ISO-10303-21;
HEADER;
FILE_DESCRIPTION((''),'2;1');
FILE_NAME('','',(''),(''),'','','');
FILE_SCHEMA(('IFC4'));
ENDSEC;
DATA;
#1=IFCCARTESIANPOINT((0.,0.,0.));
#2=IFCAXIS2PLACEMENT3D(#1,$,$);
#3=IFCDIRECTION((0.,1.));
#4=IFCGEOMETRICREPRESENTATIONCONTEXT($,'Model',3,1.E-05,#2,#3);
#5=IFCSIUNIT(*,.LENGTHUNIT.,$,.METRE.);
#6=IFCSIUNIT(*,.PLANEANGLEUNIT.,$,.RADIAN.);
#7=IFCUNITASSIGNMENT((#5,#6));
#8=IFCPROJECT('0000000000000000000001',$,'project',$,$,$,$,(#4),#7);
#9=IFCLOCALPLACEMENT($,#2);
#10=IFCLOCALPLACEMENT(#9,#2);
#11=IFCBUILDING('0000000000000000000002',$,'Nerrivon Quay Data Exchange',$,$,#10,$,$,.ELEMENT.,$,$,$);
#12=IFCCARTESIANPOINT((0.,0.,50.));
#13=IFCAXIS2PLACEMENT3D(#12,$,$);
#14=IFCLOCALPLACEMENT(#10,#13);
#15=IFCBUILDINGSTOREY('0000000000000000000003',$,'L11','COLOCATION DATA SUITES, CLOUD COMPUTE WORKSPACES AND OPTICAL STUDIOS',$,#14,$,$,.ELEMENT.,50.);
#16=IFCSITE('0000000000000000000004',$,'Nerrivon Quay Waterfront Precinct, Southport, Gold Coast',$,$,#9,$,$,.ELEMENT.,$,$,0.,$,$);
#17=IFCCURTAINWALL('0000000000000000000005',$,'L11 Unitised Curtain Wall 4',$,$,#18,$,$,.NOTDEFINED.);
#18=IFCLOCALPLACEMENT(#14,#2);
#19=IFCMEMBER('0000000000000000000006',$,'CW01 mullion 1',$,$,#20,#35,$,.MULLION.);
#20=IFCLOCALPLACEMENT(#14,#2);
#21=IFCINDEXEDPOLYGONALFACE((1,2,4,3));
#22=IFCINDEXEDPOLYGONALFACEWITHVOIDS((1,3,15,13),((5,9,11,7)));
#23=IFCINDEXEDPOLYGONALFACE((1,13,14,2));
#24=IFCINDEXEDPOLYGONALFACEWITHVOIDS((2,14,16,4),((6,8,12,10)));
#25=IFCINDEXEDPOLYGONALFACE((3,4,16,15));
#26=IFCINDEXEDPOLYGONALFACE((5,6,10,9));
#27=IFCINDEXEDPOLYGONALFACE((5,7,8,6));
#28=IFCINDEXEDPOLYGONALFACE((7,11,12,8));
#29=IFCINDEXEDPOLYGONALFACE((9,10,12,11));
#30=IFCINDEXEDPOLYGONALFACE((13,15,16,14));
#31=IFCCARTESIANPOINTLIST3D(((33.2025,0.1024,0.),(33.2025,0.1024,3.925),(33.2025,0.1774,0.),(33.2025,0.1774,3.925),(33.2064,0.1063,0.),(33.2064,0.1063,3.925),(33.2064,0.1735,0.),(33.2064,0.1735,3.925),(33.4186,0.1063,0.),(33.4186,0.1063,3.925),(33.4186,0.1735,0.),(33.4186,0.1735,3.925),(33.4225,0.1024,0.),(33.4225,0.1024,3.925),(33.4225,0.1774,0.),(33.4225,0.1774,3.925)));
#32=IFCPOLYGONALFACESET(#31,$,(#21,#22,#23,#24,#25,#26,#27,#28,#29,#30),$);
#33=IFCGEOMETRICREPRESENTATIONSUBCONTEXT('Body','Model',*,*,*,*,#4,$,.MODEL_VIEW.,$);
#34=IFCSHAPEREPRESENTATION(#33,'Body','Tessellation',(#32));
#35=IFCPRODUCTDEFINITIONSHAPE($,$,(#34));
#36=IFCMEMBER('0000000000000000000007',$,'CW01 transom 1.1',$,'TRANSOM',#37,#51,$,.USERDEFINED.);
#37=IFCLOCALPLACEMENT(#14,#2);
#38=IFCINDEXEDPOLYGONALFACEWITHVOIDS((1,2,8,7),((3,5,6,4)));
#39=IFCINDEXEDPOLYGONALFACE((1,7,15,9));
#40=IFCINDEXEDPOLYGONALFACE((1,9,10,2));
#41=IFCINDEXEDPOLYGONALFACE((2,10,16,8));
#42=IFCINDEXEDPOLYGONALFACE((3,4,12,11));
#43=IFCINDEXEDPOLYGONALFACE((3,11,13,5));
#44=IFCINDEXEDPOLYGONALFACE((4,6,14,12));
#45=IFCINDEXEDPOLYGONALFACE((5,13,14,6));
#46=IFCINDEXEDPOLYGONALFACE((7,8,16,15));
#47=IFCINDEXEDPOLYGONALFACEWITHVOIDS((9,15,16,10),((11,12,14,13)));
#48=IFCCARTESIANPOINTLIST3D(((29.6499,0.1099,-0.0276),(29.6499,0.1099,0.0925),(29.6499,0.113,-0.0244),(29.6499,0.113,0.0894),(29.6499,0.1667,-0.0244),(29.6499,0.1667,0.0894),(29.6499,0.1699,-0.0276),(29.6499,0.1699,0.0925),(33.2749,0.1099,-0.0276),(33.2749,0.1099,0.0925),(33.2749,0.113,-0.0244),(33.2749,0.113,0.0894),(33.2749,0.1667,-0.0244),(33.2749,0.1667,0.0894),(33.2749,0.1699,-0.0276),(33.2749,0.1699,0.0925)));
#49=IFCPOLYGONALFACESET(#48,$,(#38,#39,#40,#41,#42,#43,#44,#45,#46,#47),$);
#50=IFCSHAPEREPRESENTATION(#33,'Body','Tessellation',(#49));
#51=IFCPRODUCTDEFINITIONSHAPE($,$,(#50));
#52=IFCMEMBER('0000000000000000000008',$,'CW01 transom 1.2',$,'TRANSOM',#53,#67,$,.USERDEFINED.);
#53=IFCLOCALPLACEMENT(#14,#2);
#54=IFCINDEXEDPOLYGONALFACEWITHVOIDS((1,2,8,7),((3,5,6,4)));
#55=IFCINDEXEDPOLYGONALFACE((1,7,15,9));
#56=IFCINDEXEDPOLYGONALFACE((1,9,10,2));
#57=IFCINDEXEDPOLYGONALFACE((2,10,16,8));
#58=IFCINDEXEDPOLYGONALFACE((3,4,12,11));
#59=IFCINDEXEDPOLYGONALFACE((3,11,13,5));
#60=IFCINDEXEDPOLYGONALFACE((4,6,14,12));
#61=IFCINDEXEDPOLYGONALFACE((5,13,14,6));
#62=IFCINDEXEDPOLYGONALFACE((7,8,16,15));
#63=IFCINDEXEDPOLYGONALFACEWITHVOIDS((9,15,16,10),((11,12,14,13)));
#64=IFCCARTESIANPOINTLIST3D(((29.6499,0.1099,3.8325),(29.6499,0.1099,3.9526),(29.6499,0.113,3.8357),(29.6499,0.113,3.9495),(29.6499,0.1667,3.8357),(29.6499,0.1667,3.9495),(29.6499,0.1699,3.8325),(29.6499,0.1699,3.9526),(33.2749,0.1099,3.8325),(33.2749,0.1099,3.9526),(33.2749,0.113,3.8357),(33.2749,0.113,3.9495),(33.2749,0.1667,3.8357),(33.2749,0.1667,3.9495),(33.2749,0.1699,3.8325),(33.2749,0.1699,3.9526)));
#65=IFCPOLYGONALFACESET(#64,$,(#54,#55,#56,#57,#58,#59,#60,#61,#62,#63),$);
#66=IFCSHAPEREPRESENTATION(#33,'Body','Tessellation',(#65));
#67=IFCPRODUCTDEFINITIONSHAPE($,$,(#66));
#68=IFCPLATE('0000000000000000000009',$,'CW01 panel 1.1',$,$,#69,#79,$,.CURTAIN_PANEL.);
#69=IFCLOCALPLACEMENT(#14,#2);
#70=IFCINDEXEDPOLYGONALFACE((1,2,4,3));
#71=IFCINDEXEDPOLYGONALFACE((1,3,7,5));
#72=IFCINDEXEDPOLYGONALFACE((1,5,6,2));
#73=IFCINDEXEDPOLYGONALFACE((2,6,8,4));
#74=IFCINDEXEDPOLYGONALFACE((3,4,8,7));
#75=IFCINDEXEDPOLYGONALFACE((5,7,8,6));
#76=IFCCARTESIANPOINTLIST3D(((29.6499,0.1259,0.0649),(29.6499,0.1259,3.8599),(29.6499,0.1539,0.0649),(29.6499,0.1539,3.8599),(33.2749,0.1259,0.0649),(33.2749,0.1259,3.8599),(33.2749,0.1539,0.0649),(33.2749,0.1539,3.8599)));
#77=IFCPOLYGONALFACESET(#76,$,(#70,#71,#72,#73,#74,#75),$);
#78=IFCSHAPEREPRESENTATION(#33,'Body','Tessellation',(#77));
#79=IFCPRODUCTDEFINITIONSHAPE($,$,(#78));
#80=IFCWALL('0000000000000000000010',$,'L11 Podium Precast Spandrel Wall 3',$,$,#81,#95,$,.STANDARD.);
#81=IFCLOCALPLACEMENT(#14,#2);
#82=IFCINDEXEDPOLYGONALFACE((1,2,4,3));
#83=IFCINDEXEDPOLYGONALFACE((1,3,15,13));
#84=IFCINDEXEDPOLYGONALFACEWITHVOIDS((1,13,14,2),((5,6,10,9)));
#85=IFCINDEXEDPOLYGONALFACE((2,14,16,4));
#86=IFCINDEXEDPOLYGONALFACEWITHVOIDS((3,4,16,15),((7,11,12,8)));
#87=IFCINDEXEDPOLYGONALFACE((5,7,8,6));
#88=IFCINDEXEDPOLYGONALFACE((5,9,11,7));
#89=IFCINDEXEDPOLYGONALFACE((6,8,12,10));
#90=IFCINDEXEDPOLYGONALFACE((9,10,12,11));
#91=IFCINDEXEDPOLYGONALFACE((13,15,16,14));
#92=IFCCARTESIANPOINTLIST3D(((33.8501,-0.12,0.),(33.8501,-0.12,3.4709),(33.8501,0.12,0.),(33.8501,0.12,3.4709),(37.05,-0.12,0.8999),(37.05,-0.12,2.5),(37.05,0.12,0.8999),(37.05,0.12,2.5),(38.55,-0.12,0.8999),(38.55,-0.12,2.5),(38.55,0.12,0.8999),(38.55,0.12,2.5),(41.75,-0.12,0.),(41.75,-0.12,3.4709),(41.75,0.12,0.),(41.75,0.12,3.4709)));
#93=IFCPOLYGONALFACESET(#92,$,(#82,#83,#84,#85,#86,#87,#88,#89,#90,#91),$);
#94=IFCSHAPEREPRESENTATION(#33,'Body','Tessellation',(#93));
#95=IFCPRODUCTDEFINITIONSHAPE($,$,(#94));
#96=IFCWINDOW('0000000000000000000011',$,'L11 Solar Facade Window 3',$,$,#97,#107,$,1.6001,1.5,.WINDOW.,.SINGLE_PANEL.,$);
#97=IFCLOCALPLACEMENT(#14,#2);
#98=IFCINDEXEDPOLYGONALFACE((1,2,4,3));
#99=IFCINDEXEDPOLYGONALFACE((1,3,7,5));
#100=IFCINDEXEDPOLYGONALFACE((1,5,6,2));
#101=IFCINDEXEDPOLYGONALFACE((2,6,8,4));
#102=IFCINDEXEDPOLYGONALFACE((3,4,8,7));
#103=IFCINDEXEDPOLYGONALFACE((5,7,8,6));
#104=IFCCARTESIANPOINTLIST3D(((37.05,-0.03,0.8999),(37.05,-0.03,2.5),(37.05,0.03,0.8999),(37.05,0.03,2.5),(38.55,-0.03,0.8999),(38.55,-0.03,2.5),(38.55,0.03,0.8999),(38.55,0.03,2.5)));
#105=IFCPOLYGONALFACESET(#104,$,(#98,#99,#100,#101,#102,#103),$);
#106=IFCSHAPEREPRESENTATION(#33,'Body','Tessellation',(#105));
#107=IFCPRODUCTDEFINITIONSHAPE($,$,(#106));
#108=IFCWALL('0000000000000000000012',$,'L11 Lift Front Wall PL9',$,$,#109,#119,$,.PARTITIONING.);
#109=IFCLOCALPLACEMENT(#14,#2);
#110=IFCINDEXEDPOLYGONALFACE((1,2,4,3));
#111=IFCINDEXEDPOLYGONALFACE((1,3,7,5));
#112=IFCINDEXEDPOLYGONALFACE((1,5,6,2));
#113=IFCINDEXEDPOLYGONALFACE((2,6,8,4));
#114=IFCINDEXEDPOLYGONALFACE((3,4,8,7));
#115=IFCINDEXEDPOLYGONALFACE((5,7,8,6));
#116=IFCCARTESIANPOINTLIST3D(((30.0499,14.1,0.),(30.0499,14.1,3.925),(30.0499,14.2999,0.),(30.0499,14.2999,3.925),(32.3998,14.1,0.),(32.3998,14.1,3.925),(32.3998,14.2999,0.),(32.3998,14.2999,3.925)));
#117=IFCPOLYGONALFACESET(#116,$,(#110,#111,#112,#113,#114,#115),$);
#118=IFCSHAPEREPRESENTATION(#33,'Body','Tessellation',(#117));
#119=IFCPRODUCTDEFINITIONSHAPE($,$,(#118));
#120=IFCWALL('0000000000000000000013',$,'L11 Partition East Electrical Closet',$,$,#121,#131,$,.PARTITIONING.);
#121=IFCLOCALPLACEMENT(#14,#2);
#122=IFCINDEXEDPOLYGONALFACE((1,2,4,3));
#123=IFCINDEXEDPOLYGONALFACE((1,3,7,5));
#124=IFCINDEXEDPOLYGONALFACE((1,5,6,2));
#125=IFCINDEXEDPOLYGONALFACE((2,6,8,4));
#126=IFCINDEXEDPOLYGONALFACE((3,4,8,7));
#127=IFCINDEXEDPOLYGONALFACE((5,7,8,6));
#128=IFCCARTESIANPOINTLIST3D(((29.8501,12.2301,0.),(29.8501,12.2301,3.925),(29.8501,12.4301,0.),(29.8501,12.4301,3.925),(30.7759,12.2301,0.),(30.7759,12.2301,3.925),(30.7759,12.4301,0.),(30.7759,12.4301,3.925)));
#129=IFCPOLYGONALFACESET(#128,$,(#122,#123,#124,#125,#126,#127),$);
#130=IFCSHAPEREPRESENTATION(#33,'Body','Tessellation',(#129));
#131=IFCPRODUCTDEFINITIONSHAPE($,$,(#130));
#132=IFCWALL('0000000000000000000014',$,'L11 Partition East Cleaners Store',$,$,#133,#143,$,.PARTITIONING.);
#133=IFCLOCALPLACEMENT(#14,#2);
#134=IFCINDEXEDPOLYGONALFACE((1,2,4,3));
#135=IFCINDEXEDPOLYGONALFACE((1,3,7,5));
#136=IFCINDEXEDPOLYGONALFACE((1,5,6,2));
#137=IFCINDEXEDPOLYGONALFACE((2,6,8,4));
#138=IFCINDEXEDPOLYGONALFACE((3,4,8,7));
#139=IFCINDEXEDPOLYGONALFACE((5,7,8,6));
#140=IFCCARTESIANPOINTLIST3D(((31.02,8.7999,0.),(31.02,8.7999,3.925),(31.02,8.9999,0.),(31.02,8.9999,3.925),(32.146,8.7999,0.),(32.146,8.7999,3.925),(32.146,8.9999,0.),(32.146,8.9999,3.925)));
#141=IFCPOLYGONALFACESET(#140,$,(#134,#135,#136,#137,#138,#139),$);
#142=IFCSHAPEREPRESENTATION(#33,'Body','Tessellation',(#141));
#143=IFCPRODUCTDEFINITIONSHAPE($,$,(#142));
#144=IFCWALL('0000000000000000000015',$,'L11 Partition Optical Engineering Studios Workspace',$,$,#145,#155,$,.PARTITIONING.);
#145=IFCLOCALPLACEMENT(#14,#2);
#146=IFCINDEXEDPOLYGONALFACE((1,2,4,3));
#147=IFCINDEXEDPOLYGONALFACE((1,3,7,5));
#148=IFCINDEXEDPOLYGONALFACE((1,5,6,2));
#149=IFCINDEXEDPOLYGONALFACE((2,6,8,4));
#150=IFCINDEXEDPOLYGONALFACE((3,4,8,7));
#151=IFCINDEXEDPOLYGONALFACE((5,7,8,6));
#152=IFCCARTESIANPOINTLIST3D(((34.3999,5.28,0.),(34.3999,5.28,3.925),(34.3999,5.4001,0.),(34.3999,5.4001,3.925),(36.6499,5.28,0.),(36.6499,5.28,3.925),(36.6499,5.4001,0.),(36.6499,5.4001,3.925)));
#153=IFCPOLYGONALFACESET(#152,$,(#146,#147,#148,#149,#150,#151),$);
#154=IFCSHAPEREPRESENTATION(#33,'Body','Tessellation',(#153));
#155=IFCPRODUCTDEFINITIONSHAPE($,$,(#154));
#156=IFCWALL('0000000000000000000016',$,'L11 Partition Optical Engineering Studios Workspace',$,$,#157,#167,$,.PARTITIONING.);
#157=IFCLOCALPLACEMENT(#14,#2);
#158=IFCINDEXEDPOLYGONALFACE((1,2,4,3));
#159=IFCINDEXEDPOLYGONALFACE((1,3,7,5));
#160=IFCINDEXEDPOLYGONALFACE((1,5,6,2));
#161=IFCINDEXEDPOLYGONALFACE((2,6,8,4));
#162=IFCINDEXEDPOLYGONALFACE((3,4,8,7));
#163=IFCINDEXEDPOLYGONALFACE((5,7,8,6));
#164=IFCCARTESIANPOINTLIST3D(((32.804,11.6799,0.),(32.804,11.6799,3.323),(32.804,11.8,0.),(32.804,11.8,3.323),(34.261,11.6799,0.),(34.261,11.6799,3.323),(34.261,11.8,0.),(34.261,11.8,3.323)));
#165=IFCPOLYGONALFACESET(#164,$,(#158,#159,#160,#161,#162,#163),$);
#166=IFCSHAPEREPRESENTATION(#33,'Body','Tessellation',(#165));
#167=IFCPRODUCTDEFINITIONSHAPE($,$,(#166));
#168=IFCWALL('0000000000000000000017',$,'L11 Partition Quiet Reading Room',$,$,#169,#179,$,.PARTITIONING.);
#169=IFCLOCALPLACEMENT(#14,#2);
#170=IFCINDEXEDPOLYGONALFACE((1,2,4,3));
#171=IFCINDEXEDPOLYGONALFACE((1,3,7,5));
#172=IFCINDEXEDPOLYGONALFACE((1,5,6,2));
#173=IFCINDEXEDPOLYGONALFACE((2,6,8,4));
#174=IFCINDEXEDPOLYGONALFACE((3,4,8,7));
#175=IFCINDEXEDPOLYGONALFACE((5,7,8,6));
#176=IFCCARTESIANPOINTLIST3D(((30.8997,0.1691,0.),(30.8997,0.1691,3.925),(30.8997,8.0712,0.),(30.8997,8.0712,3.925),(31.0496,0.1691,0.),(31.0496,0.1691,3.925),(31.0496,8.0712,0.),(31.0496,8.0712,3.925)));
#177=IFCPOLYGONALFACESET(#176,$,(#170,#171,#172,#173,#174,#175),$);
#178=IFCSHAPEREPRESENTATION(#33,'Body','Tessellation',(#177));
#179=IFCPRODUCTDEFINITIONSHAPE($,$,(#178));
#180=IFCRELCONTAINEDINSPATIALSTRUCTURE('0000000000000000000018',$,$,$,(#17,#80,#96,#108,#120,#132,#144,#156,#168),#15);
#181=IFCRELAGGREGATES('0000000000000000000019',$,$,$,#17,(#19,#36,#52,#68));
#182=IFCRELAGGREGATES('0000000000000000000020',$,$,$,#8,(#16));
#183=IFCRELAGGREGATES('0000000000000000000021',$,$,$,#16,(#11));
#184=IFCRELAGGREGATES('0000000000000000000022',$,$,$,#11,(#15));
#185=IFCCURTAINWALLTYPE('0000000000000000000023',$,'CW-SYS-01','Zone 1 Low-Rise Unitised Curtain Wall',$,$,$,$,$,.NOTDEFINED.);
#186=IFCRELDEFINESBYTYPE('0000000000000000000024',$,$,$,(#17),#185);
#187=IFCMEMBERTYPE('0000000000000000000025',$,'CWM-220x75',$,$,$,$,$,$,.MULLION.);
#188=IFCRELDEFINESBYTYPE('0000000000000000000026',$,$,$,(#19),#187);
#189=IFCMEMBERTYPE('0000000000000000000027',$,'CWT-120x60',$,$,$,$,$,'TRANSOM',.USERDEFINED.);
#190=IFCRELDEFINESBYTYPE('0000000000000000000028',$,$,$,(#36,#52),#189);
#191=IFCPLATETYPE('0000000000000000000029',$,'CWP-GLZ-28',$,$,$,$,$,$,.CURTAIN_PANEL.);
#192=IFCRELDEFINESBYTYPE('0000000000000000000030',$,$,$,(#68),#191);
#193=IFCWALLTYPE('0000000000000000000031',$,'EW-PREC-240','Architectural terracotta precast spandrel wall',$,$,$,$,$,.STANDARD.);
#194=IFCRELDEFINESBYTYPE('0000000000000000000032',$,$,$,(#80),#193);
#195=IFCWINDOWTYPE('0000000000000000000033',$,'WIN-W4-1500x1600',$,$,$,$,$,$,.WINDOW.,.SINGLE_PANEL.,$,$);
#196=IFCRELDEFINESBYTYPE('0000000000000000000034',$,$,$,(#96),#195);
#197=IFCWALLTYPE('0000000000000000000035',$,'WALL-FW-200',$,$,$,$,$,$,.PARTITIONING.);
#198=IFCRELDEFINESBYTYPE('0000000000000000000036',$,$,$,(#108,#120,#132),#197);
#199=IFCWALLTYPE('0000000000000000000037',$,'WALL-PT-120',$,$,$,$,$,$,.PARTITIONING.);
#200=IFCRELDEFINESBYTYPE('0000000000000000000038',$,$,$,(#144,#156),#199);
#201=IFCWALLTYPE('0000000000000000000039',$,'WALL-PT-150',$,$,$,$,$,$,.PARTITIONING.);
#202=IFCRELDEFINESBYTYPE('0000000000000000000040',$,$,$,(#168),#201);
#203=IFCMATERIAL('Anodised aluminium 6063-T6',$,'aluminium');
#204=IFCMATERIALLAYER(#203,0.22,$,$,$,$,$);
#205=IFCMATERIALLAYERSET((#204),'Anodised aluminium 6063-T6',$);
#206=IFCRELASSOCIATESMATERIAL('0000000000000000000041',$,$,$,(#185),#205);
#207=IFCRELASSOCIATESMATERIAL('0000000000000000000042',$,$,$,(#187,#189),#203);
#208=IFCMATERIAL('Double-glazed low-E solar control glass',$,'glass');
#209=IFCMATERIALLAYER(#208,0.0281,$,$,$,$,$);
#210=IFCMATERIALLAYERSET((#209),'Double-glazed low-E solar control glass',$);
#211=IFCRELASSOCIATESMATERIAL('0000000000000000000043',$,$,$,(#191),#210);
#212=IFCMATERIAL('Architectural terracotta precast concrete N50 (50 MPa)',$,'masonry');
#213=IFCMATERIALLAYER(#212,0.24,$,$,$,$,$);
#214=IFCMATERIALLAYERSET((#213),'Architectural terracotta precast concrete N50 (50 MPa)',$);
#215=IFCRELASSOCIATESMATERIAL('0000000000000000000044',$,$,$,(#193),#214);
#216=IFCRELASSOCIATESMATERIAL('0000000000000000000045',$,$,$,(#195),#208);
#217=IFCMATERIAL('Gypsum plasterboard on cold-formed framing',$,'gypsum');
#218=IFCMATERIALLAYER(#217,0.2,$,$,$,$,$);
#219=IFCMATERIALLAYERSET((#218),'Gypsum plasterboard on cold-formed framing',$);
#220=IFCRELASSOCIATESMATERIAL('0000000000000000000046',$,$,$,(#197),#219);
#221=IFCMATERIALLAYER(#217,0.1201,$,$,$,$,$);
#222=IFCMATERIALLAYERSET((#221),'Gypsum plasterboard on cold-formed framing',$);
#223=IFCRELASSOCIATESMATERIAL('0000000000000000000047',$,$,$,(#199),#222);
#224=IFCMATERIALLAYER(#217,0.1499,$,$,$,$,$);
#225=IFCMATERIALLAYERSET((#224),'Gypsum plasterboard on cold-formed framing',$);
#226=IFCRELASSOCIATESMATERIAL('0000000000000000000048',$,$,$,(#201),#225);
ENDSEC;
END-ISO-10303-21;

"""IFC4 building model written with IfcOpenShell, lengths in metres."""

from ifc_helpers import new_model, si_unit, direction, frame, frame_2d, origin, origin_2d, place, context, subcontext, project, spatial, rectangle, hollow_rectangle, extrude, material, layer, layer_set, material_profile, profile_set, type_object, element, fill, aggregate, save


model = new_model("IFC4")

# Units and contexts
model_context = context("Model", 3, precision=1e-05, world=origin(), true_north=direction((0.0, 1.0)))
body_context = subcontext(model_context, "Body", "Model", "MODEL_VIEW")
ifc_project = project(units=[si_unit("LENGTHUNIT", "METRE"), si_unit("PLANEANGLEUNIT", "RADIAN")], contexts=[model_context])

# Site, building, storey
site_placement = place(None, origin())
site = spatial("IfcSite", under=ifc_project, at=site_placement, Name="Nerrivon Quay Waterfront Precinct, Southport, Gold Coast", CompositionType="ELEMENT", RefElevation=0.0)
building_placement = place(site_placement, origin())
building = spatial("IfcBuilding", under=site, at=building_placement, Name="Nerrivon Quay Data Exchange", CompositionType="ELEMENT")
storey_placement = place(building_placement, frame((0.0, 0.0, 50.0)))
storey = spatial("IfcBuildingStorey", under=building, at=storey_placement, Name="L11", Description="COLOCATION DATA SUITES, CLOUD COMPUTE WORKSPACES AND OPTICAL STUDIOS", CompositionType="ELEMENT", Elevation=50.0)

# Curtain wall, members, plate
ifc_material_1 = material(Name="Anodised aluminium 6063-T6", Category="aluminium")
ifc_layer_1 = layer(ifc_material_1, 0.22)
ifc_layer_set_1 = layer_set([ifc_layer_1], Name="Anodised aluminium 6063-T6")
curtain_wall_type = type_object("IfcCurtainWallType", Name="CW-SYS-01", Description="Zone 1 Low-Rise Unitised Curtain Wall", PredefinedType="NOTDEFINED", material=ifc_layer_set_1)
curtain_wall_placement = place(storey_placement, origin())
curtain_wall = element("IfcCurtainWall", 1, at=curtain_wall_placement, inside=storey, type_object=curtain_wall_type, Name="L11 Unitised Curtain Wall 4", PredefinedType="NOTDEFINED")
ifc_material_profile_1 = material_profile(ifc_material_1, hollow_rectangle(XDim=0.075, YDim=0.22, WallThickness=0.0039, at=origin_2d()), Name="ALU-MULL-220x75")
ifc_profile_set_1 = profile_set([ifc_material_profile_1], Name="Anodised aluminium 6063-T6")
member_type_1 = type_object("IfcMemberType", Name="CWM-220x75", PredefinedType="MULLION", material=ifc_profile_set_1)
member_1_placement = place(storey_placement, frame((33.3125, 0.1399, 0.0), z_axis=(0.0, 0.0, 1.0), x_axis=(0.0, -1.0, 0.0)))
member_1 = element("IfcMember", 2, at=member_1_placement, type_object=member_type_1, Name="CW01 mullion 1", PredefinedType="MULLION", context=body_context, shape_type="SweptSolid", body=[
    extrude(hollow_rectangle(XDim=0.075, YDim=0.22, WallThickness=0.0039, at=origin_2d()), origin(), (0.0, 0.0, 1.0), 3.925),
])
ifc_material_profile_2 = material_profile(ifc_material_1, hollow_rectangle(XDim=0.0601, YDim=0.1201, WallThickness=0.0032, at=origin_2d()), Name="ALU-TRAN-120x60")
ifc_profile_set_2 = profile_set([ifc_material_profile_2], Name="Anodised aluminium 6063-T6")
member_type_2 = type_object("IfcMemberType", Name="CWT-120x60", ElementType="TRANSOM", PredefinedType="USERDEFINED", material=ifc_profile_set_2)
member_2_placement = place(storey_placement, frame((33.2749, 0.1399, 0.0325), z_axis=(-1.0, 0.0, 0.0), x_axis=(0.0, -1.0, 0.0)))
member_2 = element("IfcMember", 3, at=member_2_placement, type_object=member_type_2, Name="CW01 transom 1.1", ObjectType="TRANSOM", PredefinedType="USERDEFINED", context=body_context, shape_type="SweptSolid", body=[
    extrude(hollow_rectangle(XDim=0.0601, YDim=0.1201, WallThickness=0.0032, at=origin_2d()), origin(), (0.0, 0.0, 1.0), 3.625),
])
member_3_placement = place(storey_placement, frame((33.2749, 0.1399, 3.8926), z_axis=(-1.0, 0.0, 0.0), x_axis=(0.0, -1.0, 0.0)))
member_3 = element("IfcMember", 4, at=member_3_placement, type_object=member_type_2, Name="CW01 transom 1.2", ObjectType="TRANSOM", PredefinedType="USERDEFINED", context=body_context, shape_type="SweptSolid", body=[
    extrude(hollow_rectangle(XDim=0.0601, YDim=0.1201, WallThickness=0.0032, at=origin_2d()), origin(), (0.0, 0.0, 1.0), 3.625),
])
ifc_material_2 = material(Name="Double-glazed low-E solar control glass", Category="glass")
ifc_layer_2 = layer(ifc_material_2, 0.0281)
ifc_layer_set_2 = layer_set([ifc_layer_2], Name="Double-glazed low-E solar control glass")
plate_type = type_object("IfcPlateType", Name="CWP-GLZ-28", PredefinedType="CURTAIN_PANEL", material=ifc_layer_set_2)
plate_placement = place(storey_placement, frame((31.4624, 0.1399, 0.0649), z_axis=(0.0, 0.0, 1.0), x_axis=(-1.0, 0.0, 0.0)))
plate = element("IfcPlate", 5, at=plate_placement, type_object=plate_type, Name="CW01 panel 1.1", PredefinedType="CURTAIN_PANEL", context=body_context, shape_type="SweptSolid", body=[
    extrude(rectangle(XDim=3.625, YDim=0.0281, at=origin_2d()), origin(), (0.0, 0.0, 1.0), 3.7949),
])
aggregate(curtain_wall, [member_1, member_2, member_3, plate])

# Wall, opening, window
ifc_material_3 = material(Name="Architectural terracotta precast concrete N50 (50 MPa)", Category="masonry")
ifc_layer_3 = layer(ifc_material_3, 0.24)
ifc_layer_set_3 = layer_set([ifc_layer_3], Name="Architectural terracotta precast concrete N50 (50 MPa)")
wall_type_1 = type_object("IfcWallType", Name="EW-PREC-240", Description="Architectural terracotta precast spandrel wall", PredefinedType="STANDARD", material=ifc_layer_set_3)
wall_1_placement = place(storey_placement, frame((41.75, 0.0, 0.0), z_axis=(0.0, 0.0, 1.0), x_axis=(-1.0, 0.0, 0.0)))
wall_1 = element("IfcWall", 6, at=wall_1_placement, inside=storey, type_object=wall_type_1, Name="L11 Podium Precast Spandrel Wall 3", PredefinedType="STANDARD", context=body_context, shape_type="SweptSolid", body=[
    extrude(rectangle(XDim=7.8999, YDim=0.24, at=frame_2d((3.95, 0.0))), origin(), (0.0, 0.0, 1.0), 3.4709),
])
opening_1_placement = place(wall_1_placement, frame((3.2, 0.0, 0.8999)))
opening_1 = element("IfcOpeningElement", 7, at=opening_1_placement, cuts=wall_1, PredefinedType="OPENING", context=body_context, shape_type="SweptSolid", body=[
    extrude(rectangle(XDim=1.5, YDim=1.6001, at=frame_2d((0.75, 0.8))), frame((0.0, 0.1299, 0.0), z_axis=(0.0, -1.0, 0.0), x_axis=(1.0, 0.0, 0.0)), (0.0, 0.0, 1.0), 0.26),
])
window_type = type_object("IfcWindowType", Name="WIN-W4-1500x1600", PartitioningType="SINGLE_PANEL", PredefinedType="WINDOW", material=ifc_material_2)
window_placement = place(opening_1_placement, origin())
window = element("IfcWindow", 8, at=window_placement, inside=storey, type_object=window_type, Name="L11 Solar Facade Window 3", OverallHeight=1.6001, OverallWidth=1.5, PartitioningType="SINGLE_PANEL", PredefinedType="WINDOW", context=body_context, shape_type="SweptSolid", body=[
    extrude(rectangle(XDim=1.5, YDim=1.6001, at=frame_2d((0.75, 0.8))), frame((0.0, 0.03, 0.0), z_axis=(0.0, -1.0, 0.0), x_axis=(1.0, 0.0, 0.0)), (0.0, 0.0, 1.0), 0.0601),
])
fill(opening_1, window)

# Wall
ifc_material_4 = material(Name="Gypsum plasterboard on cold-formed framing", Category="gypsum")
ifc_layer_4 = layer(ifc_material_4, 0.2)
ifc_layer_set_4 = layer_set([ifc_layer_4], Name="Gypsum plasterboard on cold-formed framing")
wall_type_2 = type_object("IfcWallType", Name="WALL-FW-200", PredefinedType="PARTITIONING", material=ifc_layer_set_4)
wall_2_placement = place(storey_placement, frame((30.05, 14.2, 0.0), z_axis=(0.0, 0.0, 1.0), x_axis=(1.0, 0.0, 0.0)))
element("IfcWall", 9, at=wall_2_placement, inside=storey, type_object=wall_type_2, Name="L11 Lift Front Wall PL9", PredefinedType="PARTITIONING", context=body_context, shape_type="SweptSolid", body=[
    extrude(rectangle(XDim=2.3499, YDim=0.2, at=frame_2d((1.1748, 0.0))), origin(), (0.0, 0.0, 1.0), 3.925),
])

# Wall
wall_3_placement = place(storey_placement, frame((30.7759, 12.3301, 0.0), z_axis=(0.0, 0.0, 1.0), x_axis=(-1.0, 0.0, 0.0)))
element("IfcWall", 10, at=wall_3_placement, inside=storey, type_object=wall_type_2, Name="L11 Partition East Electrical Closet", PredefinedType="PARTITIONING", context=body_context, shape_type="SweptSolid", body=[
    extrude(rectangle(XDim=0.9258, YDim=0.2, at=frame_2d((0.4629, 0.0))), origin(), (0.0, 0.0, 1.0), 3.925),
])

# Walls
wall_4_placement = place(storey_placement, frame((31.02, 8.8999, 0.0), z_axis=(0.0, 0.0, 1.0), x_axis=(1.0, 0.0, 0.0)))
element("IfcWall", 11, at=wall_4_placement, inside=storey, type_object=wall_type_2, Name="L11 Partition East Cleaners Store", PredefinedType="PARTITIONING", context=body_context, shape_type="SweptSolid", body=[
    extrude(rectangle(XDim=1.126, YDim=0.2, at=frame_2d((0.563, 0.0))), origin(), (0.0, 0.0, 1.0), 3.925),
])
ifc_layer_5 = layer(ifc_material_4, 0.1201)
ifc_layer_set_5 = layer_set([ifc_layer_5], Name="Gypsum plasterboard on cold-formed framing")
wall_type_3 = type_object("IfcWallType", Name="WALL-PT-120", PredefinedType="PARTITIONING", material=ifc_layer_set_5)
wall_5_placement = place(storey_placement, frame((36.6499, 5.3401, 0.0), z_axis=(0.0, 0.0, 1.0), x_axis=(-1.0, 0.0, 0.0)))
element("IfcWall", 12, at=wall_5_placement, inside=storey, type_object=wall_type_3, Name="L11 Partition Optical Engineering Studios Workspace", PredefinedType="PARTITIONING", context=body_context, shape_type="SweptSolid", body=[
    extrude(rectangle(XDim=2.25, YDim=0.1201, at=frame_2d((1.125, 0.0))), origin(), (0.0, 0.0, 1.0), 3.925),
])
wall_6_placement = place(storey_placement, frame((34.261, 11.74, 0.0), z_axis=(0.0, 0.0, 1.0), x_axis=(-1.0, 0.0, 0.0)))
element("IfcWall", 13, at=wall_6_placement, inside=storey, type_object=wall_type_3, Name="L11 Partition Optical Engineering Studios Workspace", PredefinedType="PARTITIONING", context=body_context, shape_type="SweptSolid", body=[
    extrude(rectangle(XDim=1.457, YDim=0.1201, at=frame_2d((0.7285, 0.0))), origin(), (0.0, 0.0, 1.0), 3.323),
])
ifc_layer_6 = layer(ifc_material_4, 0.1499)
ifc_layer_set_6 = layer_set([ifc_layer_6], Name="Gypsum plasterboard on cold-formed framing")
wall_type_4 = type_object("IfcWallType", Name="WALL-PT-150", PredefinedType="PARTITIONING", material=ifc_layer_set_6)
wall_7_placement = place(storey_placement, frame((30.9746, 0.1689, 0.0), z_axis=(0.0, 0.0, 1.0), x_axis=(0.0, 1.0, 0.0)))
element("IfcWall", 14, at=wall_7_placement, inside=storey, type_object=wall_type_4, Name="L11 Partition Quiet Reading Room", PredefinedType="PARTITIONING", context=body_context, shape_type="SweptSolid", body=[
    extrude(rectangle(XDim=7.9021, YDim=0.1499, at=frame_2d((3.9512, 0.0))), origin(), (0.0, 0.0, 1.0), 3.925),
])

save(model, "model.ifc")
